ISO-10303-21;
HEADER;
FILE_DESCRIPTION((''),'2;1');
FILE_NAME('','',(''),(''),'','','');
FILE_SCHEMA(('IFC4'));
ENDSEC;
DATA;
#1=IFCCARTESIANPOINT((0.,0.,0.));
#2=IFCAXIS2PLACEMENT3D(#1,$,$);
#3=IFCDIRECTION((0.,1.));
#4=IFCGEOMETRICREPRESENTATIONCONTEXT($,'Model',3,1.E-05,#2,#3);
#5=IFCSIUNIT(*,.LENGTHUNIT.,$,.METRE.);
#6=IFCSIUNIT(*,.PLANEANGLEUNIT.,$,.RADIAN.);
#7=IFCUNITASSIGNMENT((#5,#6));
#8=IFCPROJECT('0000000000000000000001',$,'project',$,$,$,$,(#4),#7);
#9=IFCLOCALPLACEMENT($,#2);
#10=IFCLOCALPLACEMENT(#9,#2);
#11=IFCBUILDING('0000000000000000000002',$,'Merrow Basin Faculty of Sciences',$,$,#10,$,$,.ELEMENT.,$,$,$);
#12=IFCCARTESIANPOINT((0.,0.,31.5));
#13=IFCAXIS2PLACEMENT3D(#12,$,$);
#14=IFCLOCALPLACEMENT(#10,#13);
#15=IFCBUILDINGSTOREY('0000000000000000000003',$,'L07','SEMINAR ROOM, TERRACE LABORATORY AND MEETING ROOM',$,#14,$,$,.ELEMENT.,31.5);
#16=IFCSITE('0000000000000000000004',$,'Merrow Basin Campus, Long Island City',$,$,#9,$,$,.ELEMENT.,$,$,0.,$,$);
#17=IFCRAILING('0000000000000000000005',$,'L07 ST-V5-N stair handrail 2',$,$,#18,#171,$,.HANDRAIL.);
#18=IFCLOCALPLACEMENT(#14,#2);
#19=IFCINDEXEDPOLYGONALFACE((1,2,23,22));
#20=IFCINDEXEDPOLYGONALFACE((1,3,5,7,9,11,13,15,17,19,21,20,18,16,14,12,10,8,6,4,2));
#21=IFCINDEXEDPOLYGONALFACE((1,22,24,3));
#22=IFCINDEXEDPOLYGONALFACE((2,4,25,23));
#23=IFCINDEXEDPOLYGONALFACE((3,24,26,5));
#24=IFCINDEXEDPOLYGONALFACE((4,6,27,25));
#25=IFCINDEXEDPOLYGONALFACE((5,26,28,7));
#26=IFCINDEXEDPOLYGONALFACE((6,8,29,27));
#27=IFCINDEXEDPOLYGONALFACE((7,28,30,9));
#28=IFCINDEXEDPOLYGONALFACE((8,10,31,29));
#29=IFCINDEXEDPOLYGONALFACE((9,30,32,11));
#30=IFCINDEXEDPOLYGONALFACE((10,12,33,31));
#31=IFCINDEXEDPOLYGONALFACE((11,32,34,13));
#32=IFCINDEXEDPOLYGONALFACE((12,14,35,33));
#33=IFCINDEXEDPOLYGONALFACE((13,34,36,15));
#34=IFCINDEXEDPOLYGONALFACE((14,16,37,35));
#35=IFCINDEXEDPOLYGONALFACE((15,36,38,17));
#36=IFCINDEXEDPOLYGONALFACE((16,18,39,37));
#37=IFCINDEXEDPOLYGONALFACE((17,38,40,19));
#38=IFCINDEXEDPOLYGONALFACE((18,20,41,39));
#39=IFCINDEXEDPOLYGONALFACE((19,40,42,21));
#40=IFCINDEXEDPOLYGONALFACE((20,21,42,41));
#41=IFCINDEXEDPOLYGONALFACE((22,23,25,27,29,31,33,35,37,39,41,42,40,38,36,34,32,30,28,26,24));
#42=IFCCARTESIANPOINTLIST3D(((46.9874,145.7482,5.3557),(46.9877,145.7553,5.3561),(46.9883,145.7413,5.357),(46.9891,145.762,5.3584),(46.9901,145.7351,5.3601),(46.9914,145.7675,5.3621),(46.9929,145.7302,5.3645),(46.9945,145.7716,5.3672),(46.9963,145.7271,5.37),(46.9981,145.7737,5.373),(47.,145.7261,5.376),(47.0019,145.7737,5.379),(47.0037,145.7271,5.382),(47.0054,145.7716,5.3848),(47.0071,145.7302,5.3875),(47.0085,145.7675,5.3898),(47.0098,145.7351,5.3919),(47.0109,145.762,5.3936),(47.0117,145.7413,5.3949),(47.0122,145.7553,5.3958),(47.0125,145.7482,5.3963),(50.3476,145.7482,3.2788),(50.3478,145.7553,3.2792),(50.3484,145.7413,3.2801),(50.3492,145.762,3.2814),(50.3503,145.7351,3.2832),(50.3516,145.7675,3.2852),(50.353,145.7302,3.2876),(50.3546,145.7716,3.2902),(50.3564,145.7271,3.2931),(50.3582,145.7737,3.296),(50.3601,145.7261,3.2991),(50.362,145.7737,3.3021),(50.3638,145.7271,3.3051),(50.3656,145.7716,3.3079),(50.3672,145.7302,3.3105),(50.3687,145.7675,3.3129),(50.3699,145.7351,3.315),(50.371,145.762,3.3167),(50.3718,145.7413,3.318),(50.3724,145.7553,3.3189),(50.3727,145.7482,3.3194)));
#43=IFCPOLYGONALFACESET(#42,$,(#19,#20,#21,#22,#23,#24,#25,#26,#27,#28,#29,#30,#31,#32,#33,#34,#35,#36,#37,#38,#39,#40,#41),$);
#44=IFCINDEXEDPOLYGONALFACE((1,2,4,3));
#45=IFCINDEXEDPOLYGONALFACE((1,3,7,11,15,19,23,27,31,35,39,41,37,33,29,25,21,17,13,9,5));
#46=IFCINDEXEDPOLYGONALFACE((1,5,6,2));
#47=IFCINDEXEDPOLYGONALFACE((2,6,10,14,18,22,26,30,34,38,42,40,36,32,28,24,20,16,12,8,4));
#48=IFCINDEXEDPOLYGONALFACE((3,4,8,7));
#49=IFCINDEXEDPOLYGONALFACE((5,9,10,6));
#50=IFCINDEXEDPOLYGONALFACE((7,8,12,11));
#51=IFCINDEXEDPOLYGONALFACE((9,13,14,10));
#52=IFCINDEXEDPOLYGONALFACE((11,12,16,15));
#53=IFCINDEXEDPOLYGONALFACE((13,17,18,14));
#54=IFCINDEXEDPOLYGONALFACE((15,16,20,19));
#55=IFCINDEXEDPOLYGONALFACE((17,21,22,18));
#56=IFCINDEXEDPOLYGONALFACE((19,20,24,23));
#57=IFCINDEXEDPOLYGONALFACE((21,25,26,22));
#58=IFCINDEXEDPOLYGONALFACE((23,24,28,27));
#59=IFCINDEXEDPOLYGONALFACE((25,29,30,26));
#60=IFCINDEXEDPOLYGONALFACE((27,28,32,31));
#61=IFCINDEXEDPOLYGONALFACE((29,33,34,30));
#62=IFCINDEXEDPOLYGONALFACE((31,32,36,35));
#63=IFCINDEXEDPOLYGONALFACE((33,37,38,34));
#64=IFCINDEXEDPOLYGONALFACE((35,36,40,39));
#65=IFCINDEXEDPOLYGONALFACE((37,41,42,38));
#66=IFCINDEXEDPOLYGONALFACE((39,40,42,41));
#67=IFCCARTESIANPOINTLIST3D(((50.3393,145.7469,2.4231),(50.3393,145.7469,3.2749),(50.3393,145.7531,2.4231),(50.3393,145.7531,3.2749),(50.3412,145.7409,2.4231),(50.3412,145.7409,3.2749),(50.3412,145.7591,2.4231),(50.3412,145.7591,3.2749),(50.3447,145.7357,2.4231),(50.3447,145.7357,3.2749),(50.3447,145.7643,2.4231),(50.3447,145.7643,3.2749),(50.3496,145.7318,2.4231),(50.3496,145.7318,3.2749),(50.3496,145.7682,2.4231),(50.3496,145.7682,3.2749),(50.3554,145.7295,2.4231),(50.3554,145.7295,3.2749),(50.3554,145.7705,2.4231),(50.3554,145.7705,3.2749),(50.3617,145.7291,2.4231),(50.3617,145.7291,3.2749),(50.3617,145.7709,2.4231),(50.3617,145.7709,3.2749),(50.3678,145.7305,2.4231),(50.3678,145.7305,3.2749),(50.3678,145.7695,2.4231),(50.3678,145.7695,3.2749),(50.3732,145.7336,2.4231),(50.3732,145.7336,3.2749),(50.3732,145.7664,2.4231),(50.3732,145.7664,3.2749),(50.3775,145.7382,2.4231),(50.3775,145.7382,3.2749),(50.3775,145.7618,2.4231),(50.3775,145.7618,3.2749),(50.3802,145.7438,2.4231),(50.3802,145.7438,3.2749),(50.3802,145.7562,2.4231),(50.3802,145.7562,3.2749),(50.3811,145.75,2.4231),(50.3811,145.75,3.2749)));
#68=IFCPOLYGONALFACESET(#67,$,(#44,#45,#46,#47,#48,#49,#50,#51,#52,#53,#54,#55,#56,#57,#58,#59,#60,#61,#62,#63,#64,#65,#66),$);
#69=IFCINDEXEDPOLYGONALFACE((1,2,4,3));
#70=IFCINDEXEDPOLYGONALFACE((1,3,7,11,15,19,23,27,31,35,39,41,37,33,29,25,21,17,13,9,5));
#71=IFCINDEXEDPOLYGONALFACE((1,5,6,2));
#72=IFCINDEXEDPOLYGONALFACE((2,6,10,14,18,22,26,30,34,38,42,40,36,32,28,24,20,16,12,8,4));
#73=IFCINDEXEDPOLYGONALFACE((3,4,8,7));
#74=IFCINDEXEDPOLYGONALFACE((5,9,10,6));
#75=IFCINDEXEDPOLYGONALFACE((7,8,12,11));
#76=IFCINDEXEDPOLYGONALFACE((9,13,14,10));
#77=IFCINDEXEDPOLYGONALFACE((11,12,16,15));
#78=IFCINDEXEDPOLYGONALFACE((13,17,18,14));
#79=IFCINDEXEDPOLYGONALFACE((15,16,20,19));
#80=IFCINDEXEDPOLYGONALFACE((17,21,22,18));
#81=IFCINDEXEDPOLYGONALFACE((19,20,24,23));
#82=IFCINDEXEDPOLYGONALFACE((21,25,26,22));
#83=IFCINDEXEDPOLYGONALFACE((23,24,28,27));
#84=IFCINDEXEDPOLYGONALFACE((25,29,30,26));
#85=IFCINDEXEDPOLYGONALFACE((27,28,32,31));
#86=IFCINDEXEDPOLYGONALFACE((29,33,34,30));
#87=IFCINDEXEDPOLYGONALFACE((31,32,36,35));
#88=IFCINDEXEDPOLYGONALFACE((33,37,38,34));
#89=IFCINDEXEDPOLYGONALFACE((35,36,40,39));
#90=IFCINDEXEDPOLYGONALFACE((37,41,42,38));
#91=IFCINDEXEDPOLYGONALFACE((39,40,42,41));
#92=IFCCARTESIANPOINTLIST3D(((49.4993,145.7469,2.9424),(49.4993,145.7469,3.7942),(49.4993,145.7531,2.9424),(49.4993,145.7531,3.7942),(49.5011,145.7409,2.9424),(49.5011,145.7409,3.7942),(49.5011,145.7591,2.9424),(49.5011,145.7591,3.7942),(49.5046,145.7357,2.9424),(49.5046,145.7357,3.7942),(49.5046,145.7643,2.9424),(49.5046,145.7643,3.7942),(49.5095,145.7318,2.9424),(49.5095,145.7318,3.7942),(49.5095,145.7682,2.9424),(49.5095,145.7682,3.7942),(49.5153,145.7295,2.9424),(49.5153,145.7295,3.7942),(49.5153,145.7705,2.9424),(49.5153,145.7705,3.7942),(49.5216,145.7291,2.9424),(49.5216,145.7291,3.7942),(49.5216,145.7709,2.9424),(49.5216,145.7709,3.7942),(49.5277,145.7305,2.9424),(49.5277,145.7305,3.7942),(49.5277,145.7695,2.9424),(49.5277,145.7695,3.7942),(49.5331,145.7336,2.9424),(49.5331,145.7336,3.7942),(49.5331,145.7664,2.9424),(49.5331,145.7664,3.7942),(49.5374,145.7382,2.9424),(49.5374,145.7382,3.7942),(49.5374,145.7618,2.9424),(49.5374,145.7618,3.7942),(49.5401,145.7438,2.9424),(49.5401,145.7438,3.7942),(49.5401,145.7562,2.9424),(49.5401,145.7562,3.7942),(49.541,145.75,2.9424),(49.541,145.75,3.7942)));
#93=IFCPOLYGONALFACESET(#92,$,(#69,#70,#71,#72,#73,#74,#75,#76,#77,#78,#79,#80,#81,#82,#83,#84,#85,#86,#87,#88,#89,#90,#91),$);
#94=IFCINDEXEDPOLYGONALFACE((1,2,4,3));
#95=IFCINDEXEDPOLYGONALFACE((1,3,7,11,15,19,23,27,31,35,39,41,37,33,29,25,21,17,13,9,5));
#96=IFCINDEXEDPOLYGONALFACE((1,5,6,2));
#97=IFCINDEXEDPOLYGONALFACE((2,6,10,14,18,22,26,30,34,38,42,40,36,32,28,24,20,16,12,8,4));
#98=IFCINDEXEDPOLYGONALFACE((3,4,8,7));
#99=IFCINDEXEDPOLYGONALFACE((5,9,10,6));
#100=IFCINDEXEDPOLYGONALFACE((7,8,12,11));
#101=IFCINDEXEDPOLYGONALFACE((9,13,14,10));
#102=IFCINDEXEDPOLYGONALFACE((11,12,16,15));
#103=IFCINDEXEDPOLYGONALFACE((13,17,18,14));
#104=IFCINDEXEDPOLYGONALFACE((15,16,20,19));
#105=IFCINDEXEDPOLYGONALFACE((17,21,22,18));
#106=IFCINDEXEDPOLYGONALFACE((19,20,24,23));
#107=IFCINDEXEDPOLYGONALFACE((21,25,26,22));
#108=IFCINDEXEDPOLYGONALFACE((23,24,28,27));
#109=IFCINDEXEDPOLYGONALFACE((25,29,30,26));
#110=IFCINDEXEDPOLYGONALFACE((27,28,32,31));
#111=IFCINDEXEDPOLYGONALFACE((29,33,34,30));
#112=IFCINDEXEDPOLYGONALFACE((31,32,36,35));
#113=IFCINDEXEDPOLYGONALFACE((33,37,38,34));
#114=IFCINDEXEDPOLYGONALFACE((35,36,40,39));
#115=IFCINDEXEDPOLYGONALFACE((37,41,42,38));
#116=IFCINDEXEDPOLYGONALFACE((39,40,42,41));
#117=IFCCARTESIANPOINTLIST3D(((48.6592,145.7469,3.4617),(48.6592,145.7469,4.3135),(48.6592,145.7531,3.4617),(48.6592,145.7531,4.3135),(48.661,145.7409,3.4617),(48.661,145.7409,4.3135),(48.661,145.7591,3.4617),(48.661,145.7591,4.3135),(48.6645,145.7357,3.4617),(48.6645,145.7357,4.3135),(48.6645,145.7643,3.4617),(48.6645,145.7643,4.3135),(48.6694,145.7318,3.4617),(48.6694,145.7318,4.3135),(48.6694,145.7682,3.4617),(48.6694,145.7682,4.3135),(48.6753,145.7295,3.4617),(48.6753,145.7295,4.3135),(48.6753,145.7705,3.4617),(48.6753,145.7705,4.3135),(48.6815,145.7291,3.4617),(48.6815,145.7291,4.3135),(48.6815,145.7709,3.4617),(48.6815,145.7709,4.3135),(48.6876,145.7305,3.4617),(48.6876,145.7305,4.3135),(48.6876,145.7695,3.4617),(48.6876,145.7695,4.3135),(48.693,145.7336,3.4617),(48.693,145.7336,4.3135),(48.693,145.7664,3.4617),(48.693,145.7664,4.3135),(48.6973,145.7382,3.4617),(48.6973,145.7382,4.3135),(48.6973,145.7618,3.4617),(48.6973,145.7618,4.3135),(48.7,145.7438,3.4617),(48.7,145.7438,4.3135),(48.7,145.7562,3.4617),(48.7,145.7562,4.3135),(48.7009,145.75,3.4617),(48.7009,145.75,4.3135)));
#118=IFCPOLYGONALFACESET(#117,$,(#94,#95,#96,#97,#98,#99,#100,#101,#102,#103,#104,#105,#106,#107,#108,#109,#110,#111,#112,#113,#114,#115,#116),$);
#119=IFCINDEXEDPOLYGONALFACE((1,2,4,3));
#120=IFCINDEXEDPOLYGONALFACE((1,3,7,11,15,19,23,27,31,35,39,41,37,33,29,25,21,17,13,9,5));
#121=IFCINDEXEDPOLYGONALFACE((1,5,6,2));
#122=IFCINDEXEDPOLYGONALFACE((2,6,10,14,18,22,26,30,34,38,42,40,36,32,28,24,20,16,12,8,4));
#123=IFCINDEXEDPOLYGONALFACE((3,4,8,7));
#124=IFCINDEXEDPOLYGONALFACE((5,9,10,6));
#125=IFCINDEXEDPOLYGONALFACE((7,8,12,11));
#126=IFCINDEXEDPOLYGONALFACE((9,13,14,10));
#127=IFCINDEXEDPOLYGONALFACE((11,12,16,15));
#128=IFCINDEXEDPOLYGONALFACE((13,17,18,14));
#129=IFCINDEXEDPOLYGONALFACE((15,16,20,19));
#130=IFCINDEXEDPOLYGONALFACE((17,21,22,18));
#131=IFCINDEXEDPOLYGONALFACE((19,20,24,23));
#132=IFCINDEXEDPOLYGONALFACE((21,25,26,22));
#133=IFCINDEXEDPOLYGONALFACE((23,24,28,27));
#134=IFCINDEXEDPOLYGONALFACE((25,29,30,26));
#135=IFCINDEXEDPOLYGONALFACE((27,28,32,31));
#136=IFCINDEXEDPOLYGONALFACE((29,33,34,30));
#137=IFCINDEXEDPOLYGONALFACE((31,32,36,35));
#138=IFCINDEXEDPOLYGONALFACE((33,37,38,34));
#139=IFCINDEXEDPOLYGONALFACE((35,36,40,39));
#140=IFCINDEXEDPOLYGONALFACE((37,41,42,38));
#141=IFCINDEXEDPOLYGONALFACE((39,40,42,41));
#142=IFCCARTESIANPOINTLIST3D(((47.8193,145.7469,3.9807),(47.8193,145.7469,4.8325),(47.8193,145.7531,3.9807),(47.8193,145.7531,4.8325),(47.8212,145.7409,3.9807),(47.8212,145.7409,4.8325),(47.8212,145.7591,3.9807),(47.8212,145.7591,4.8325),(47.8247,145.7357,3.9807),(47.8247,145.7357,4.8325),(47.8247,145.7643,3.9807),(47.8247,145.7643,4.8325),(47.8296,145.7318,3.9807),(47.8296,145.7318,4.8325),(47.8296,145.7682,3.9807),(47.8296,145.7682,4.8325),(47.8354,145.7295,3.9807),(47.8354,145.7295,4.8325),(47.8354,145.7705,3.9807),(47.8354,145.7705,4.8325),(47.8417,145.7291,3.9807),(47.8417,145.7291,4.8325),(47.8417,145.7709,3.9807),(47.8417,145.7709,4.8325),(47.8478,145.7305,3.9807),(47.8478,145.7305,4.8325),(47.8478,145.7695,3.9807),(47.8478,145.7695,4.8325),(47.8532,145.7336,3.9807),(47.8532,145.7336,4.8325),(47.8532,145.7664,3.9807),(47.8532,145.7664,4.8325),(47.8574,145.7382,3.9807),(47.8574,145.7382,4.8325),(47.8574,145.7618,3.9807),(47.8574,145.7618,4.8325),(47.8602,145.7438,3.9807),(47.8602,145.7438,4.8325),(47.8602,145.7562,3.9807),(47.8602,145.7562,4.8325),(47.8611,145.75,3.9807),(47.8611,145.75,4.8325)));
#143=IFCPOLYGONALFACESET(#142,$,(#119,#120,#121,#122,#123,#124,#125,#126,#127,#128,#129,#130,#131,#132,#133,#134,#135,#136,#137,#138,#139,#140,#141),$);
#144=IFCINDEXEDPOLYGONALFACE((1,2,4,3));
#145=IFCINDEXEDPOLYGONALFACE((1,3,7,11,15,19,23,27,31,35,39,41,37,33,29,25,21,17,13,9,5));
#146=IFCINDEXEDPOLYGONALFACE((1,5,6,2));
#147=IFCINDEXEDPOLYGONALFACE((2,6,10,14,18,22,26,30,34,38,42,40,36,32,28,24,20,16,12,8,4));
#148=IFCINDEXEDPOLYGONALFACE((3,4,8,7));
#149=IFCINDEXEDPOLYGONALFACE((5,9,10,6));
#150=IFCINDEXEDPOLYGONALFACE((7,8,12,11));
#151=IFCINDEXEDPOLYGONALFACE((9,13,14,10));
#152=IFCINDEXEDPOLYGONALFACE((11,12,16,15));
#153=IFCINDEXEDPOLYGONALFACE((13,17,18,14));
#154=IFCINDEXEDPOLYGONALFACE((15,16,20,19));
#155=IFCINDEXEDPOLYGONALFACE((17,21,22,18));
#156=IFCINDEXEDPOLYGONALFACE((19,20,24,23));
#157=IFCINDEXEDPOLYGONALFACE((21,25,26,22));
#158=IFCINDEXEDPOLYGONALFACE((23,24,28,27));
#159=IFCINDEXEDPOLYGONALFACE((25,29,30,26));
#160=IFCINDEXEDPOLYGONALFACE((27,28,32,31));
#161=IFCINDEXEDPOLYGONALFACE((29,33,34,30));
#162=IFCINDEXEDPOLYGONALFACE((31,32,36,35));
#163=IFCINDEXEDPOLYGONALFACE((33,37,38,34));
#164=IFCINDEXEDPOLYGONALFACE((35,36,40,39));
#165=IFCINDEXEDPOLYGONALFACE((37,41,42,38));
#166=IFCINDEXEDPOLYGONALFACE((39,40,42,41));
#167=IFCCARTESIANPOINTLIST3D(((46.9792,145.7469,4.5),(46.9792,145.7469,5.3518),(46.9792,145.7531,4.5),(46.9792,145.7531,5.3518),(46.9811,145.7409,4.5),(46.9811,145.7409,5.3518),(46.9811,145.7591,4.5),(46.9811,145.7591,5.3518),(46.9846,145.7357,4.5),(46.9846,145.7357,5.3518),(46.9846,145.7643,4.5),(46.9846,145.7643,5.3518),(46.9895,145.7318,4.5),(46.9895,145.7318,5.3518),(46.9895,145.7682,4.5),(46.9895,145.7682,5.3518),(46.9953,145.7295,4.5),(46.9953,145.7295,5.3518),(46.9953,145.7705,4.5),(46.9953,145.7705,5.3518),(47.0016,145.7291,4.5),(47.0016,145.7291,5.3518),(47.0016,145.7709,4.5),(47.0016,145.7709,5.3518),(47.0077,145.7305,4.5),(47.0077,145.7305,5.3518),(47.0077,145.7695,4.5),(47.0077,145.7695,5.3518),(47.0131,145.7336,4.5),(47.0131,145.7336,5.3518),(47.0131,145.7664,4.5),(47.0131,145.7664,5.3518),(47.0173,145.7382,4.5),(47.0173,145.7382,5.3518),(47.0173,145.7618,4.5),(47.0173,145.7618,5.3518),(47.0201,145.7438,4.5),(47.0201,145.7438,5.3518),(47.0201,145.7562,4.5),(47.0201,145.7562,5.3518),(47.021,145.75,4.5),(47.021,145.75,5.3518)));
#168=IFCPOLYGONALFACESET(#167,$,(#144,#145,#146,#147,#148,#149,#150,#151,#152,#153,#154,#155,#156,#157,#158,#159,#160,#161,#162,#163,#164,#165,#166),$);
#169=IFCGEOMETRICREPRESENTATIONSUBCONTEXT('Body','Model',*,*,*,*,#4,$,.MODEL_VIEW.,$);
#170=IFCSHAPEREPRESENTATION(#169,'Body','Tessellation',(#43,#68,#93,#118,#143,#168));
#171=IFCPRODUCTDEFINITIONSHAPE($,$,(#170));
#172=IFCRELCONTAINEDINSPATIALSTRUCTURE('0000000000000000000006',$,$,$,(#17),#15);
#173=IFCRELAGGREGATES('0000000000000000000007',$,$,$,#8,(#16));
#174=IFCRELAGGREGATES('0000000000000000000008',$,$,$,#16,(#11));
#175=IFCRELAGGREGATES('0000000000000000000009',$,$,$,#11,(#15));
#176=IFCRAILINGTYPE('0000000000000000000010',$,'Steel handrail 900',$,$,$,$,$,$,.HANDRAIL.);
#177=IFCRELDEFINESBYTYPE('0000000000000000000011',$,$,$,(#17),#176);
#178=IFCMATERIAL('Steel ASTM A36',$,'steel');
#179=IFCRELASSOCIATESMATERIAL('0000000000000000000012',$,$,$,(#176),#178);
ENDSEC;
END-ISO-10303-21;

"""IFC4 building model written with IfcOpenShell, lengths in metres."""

from ifc_helpers import new_model, si_unit, direction, frame, origin, origin_2d, place, context, subcontext, project, spatial, circle, extrude, material, type_object, element, save


model = new_model("IFC4")

# Units and contexts
model_context = context("Model", 3, precision=1e-05, world=origin(), true_north=direction((0.0, 1.0)))
body_context = subcontext(model_context, "Body", "Model", "MODEL_VIEW")
ifc_project = project(units=[si_unit("LENGTHUNIT", "METRE"), si_unit("PLANEANGLEUNIT", "RADIAN")], contexts=[model_context])

# Site, building, storey
site_placement = place(None, origin())
site = spatial("IfcSite", under=ifc_project, at=site_placement, Name="Merrow Basin Campus, Long Island City", CompositionType="ELEMENT", RefElevation=0.0)
building_placement = place(site_placement, origin())
building = spatial("IfcBuilding", under=site, at=building_placement, Name="Merrow Basin Faculty of Sciences", CompositionType="ELEMENT")
storey_placement = place(building_placement, frame((0.0, 0.0, 31.5)))
storey = spatial("IfcBuildingStorey", under=building, at=storey_placement, Name="L07", Description="SEMINAR ROOM, TERRACE LABORATORY AND MEETING ROOM", CompositionType="ELEMENT", Elevation=31.5)

# Railing
ifc_material_1 = material(Name="Steel ASTM A36", Category="steel")
railing_type_1 = type_object("IfcRailingType", Name="Steel handrail 900", PredefinedType="HANDRAIL", material=ifc_material_1)
railing_1_placement = place(storey_placement, frame((50.3601, 145.75, 2.4231)))
element("IfcRailing", 1, at=railing_1_placement, inside=storey, type_object=railing_type_1, Name="L07 ST-V5-N stair handrail 2", PredefinedType="HANDRAIL", context=body_context, shape_type="SweptSolid", body=[
    extrude(circle(Radius=0.0239, at=origin_2d()), frame((0.0, 0.0, 0.876), z_axis=(-0.850623, 0.0, 0.525776), x_axis=(0.0, -1.0, 0.0)), (0.0, 0.0, 1.0), 3.9502),
    extrude(circle(Radius=0.021, at=origin_2d()), origin(), (0.0, 0.0, 1.0), 0.8518),
    extrude(circle(Radius=0.021, at=origin_2d()), frame((-0.8401, 0.0, 0.5193)), (0.0, 0.0, 1.0), 0.8518),
    extrude(circle(Radius=0.021, at=origin_2d()), frame((-1.6802, 0.0, 1.0386)), (0.0, 0.0, 1.0), 0.8518),
    extrude(circle(Radius=0.021, at=origin_2d()), frame((-2.52, 0.0, 1.5576)), (0.0, 0.0, 1.0), 0.8518),
    extrude(circle(Radius=0.021, at=origin_2d()), frame((-3.3601, 0.0, 2.0769)), (0.0, 0.0, 1.0), 0.8518),
])

save(model, "model.ifc")
